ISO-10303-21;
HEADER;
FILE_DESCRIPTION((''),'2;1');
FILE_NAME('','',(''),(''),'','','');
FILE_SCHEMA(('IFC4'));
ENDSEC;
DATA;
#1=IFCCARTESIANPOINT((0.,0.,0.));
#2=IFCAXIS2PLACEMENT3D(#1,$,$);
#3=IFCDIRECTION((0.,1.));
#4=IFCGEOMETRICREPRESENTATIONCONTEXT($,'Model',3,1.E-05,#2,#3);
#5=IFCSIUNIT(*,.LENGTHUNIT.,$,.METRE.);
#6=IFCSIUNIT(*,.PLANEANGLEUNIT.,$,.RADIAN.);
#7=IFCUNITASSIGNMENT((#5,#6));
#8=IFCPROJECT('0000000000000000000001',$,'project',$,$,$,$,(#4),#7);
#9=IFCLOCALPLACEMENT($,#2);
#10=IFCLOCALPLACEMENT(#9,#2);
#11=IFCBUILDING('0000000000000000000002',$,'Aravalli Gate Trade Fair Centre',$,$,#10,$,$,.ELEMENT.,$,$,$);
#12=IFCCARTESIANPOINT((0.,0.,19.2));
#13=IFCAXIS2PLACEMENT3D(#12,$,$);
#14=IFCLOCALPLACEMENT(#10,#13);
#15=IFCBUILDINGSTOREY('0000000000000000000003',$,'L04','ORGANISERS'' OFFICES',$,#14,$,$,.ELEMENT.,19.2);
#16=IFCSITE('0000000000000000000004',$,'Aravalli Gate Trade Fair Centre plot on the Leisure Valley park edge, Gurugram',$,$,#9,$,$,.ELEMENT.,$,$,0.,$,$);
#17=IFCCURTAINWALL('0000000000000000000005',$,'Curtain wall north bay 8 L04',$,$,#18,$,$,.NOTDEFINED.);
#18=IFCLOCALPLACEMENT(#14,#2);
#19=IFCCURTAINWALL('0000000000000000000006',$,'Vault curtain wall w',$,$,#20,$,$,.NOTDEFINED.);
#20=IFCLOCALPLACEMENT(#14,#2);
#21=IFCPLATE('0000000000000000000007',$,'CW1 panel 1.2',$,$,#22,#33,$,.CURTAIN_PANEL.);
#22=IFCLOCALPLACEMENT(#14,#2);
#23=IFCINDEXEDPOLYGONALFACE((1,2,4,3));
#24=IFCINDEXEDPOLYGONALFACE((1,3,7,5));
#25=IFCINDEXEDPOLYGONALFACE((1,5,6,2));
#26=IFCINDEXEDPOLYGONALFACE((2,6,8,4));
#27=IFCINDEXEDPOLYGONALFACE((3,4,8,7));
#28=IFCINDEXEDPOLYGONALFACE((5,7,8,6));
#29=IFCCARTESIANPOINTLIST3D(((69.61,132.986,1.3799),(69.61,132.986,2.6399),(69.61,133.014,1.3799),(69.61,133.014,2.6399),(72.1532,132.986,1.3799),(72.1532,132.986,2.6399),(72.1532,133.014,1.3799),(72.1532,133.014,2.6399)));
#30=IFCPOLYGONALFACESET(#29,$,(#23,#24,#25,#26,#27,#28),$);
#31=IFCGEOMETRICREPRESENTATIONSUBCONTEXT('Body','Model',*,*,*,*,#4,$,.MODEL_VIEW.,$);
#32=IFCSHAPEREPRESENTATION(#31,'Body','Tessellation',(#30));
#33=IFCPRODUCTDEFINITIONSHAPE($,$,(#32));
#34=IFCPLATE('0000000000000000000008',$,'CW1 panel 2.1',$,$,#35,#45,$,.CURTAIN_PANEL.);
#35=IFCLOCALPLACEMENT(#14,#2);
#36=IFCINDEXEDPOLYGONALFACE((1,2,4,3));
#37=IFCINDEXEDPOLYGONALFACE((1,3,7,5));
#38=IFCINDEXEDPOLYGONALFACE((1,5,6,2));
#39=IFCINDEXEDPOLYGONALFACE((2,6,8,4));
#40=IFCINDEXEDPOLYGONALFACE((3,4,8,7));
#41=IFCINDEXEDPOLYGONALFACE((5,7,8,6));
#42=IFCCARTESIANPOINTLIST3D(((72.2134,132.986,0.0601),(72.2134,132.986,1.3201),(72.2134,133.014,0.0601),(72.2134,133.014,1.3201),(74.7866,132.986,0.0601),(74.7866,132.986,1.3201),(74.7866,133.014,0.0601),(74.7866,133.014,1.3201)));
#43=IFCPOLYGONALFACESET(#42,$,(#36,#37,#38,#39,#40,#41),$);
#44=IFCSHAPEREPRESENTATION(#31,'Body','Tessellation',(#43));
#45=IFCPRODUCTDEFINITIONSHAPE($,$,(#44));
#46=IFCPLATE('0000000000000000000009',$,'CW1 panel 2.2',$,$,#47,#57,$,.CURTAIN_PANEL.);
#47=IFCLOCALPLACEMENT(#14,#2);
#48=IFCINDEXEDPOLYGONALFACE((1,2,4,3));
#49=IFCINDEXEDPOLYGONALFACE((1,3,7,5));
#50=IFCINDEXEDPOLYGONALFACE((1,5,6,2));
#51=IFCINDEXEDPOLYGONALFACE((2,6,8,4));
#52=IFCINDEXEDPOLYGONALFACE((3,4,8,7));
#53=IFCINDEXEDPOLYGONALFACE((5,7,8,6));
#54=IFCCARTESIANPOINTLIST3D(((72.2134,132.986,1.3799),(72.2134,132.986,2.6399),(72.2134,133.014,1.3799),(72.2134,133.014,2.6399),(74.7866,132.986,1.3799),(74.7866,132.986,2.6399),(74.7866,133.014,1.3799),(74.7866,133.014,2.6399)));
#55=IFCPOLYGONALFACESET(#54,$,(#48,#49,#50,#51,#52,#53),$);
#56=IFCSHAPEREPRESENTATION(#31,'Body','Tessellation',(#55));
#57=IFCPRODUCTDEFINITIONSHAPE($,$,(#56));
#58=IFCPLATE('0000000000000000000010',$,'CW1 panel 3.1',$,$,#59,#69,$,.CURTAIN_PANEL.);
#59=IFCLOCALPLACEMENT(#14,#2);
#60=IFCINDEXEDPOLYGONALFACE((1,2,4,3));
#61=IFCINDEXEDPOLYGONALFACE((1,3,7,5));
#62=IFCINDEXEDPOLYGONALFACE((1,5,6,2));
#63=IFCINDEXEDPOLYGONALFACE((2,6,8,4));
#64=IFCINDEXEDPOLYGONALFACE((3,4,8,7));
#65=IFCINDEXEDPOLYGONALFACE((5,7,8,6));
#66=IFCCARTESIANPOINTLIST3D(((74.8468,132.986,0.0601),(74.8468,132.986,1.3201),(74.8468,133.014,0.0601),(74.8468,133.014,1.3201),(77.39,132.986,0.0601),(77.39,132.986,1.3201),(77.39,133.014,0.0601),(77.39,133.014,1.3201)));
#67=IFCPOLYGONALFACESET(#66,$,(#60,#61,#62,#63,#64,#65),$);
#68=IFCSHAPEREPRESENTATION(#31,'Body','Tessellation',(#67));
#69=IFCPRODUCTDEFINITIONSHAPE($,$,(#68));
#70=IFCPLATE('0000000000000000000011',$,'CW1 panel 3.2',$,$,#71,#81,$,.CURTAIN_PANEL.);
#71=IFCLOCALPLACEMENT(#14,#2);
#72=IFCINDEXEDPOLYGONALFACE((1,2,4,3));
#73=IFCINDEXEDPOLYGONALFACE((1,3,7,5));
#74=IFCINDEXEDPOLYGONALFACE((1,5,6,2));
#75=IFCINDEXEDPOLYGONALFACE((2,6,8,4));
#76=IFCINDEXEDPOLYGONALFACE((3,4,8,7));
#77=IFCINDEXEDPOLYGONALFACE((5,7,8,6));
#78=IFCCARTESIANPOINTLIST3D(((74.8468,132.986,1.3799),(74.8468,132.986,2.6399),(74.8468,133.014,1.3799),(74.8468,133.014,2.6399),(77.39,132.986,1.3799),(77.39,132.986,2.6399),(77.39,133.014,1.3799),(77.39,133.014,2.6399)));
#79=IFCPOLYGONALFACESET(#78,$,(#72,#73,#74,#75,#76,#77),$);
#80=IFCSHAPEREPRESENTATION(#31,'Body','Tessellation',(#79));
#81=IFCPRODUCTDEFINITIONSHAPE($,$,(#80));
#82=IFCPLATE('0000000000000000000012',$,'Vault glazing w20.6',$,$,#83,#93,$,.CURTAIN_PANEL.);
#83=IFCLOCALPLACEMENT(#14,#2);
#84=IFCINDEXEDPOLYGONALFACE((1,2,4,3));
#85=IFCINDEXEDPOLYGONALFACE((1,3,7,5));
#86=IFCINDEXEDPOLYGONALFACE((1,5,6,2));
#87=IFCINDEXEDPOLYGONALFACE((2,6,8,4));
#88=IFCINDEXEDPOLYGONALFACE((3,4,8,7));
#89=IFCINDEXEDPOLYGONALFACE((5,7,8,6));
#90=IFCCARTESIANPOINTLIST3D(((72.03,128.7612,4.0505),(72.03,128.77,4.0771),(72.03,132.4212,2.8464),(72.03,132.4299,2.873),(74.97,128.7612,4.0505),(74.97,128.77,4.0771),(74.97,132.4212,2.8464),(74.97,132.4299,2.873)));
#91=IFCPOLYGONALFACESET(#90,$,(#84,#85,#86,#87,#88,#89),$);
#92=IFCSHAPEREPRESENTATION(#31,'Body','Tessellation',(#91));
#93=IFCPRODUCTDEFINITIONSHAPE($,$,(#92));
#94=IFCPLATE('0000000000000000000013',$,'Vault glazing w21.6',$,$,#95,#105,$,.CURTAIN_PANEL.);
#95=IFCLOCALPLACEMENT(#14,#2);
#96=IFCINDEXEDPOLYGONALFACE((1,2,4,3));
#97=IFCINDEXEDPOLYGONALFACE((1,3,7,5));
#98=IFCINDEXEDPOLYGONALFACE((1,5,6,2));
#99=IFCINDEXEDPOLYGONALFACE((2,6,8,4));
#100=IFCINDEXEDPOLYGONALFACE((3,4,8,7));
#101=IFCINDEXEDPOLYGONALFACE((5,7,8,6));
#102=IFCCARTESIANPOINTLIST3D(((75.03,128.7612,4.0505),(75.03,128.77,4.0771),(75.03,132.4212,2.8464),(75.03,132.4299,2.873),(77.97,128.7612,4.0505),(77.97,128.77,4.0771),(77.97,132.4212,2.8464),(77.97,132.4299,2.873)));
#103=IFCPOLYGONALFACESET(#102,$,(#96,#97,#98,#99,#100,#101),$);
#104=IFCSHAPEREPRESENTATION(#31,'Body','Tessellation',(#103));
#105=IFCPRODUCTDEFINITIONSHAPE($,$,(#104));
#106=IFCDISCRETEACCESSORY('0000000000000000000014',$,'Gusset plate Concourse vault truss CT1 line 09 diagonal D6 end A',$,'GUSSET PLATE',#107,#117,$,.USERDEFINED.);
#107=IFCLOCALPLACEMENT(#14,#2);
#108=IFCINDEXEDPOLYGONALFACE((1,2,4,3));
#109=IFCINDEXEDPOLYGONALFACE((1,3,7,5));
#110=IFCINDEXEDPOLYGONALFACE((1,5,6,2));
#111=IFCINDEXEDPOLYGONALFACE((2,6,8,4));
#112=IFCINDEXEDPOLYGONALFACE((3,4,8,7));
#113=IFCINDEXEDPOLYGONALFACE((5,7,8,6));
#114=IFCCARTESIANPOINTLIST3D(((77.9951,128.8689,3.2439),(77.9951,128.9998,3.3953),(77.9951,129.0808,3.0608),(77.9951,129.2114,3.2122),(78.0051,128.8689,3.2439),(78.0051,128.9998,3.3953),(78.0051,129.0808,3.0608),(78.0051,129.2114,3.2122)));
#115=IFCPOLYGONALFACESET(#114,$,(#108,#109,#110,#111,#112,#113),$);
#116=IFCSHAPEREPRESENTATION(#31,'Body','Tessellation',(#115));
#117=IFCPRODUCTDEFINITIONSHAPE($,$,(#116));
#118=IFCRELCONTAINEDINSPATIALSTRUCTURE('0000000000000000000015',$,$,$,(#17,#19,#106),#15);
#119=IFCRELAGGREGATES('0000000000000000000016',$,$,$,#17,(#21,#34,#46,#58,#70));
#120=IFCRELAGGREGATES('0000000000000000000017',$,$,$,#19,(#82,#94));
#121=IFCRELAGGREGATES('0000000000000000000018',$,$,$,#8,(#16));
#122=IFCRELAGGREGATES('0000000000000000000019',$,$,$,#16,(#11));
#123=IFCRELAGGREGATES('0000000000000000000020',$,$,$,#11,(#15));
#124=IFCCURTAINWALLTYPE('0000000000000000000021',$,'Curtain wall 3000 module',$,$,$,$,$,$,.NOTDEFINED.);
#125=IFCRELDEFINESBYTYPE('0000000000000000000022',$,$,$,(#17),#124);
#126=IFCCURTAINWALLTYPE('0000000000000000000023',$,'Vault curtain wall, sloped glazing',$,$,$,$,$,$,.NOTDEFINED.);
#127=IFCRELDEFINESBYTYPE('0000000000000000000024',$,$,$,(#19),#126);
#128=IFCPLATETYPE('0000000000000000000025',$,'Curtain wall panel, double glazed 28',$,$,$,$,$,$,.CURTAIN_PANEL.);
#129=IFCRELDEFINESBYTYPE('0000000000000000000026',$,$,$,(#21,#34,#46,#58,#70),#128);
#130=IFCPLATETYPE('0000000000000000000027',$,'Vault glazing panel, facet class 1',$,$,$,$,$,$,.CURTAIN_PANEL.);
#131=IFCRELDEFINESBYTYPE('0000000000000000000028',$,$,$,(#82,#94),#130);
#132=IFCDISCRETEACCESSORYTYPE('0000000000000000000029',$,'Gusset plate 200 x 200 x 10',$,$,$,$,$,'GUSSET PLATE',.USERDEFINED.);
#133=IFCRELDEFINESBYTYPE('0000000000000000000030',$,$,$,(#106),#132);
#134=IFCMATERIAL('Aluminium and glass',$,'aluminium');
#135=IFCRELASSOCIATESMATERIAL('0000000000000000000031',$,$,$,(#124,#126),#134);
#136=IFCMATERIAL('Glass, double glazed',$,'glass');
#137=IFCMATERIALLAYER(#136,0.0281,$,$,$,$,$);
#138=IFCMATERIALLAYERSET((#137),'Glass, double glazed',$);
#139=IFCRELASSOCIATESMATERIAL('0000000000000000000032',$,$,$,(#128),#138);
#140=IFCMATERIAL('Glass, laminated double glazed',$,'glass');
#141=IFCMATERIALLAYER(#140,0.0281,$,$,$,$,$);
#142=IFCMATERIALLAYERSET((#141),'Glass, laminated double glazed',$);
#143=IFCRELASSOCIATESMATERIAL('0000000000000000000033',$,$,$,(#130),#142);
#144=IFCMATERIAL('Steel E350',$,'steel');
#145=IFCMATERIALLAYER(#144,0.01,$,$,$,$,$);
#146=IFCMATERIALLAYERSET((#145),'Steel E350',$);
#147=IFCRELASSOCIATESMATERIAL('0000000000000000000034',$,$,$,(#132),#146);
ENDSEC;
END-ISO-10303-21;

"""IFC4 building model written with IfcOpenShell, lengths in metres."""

from ifc_helpers import new_model, si_unit, direction, frame, origin, origin_2d, place, context, subcontext, project, spatial, polyline, rectangle, outline, extrude, material, layer, layer_set, type_object, element, aggregate, save


model = new_model("IFC4")

# Units and contexts
model_context = context("Model", 3, precision=1e-05, world=origin(), true_north=direction((0.0, 1.0)))
body_context = subcontext(model_context, "Body", "Model", "MODEL_VIEW")
ifc_project = project(units=[si_unit("LENGTHUNIT", "METRE"), si_unit("PLANEANGLEUNIT", "RADIAN")], contexts=[model_context])

# Site, building, storey
site_placement = place(None, origin())
site = spatial("IfcSite", under=ifc_project, at=site_placement, Name="Aravalli Gate Trade Fair Centre plot on the Leisure Valley park edge, Gurugram", CompositionType="ELEMENT", RefElevation=0.0)
building_placement = place(site_placement, origin())
building = spatial("IfcBuilding", under=site, at=building_placement, Name="Aravalli Gate Trade Fair Centre", CompositionType="ELEMENT")
storey_placement = place(building_placement, frame((0.0, 0.0, 19.2)))
storey = spatial("IfcBuildingStorey", under=building, at=storey_placement, Name="L04", Description="ORGANISERS' OFFICES", CompositionType="ELEMENT", Elevation=19.2)

# Curtain wall
ifc_material_1 = material(Name="Aluminium and glass", Category="aluminium")
curtain_wall_type_1 = type_object("IfcCurtainWallType", Name="Curtain wall 3000 module", PredefinedType="NOTDEFINED", material=ifc_material_1)
curtain_wall_1_placement = place(storey_placement, origin())
curtain_wall_1 = element("IfcCurtainWall", 1, at=curtain_wall_1_placement, inside=storey, type_object=curtain_wall_type_1, Name="Curtain wall north bay 8 L04", PredefinedType="NOTDEFINED")

# Curtain wall
curtain_wall_type_2 = type_object("IfcCurtainWallType", Name="Vault curtain wall, sloped glazing", PredefinedType="NOTDEFINED", material=ifc_material_1)
curtain_wall_2_placement = place(storey_placement, origin())
curtain_wall_2 = element("IfcCurtainWall", 2, at=curtain_wall_2_placement, inside=storey, type_object=curtain_wall_type_2, Name="Vault curtain wall w", PredefinedType="NOTDEFINED")

# Plates
ifc_material_2 = material(Name="Glass, double glazed", Category="glass")
ifc_layer_1 = layer(ifc_material_2, 0.0281)
ifc_layer_set_1 = layer_set([ifc_layer_1], Name="Glass, double glazed")
plate_type_1 = type_object("IfcPlateType", Name="Curtain wall panel, double glazed 28", PredefinedType="CURTAIN_PANEL", material=ifc_layer_set_1)
plate_1_placement = place(storey_placement, frame((70.8816, 133.0, 1.3799), z_axis=(0.0, 0.0, 1.0), x_axis=(1.0, 0.0, 0.0)))
plate_1 = element("IfcPlate", 3, at=plate_1_placement, type_object=plate_type_1, Name="CW1 panel 1.2", PredefinedType="CURTAIN_PANEL", context=body_context, shape_type="SweptSolid", body=[
    extrude(rectangle(XDim=2.5432, YDim=0.0281, at=origin_2d()), origin(), (0.0, 0.0, 1.0), 1.26),
])
plate_2_placement = place(storey_placement, frame((73.5, 133.0, 0.0601), z_axis=(0.0, 0.0, 1.0), x_axis=(1.0, 0.0, 0.0)))
plate_2 = element("IfcPlate", 4, at=plate_2_placement, type_object=plate_type_1, Name="CW1 panel 2.1", PredefinedType="CURTAIN_PANEL", context=body_context, shape_type="SweptSolid", body=[
    extrude(rectangle(XDim=2.5732, YDim=0.0281, at=origin_2d()), origin(), (0.0, 0.0, 1.0), 1.26),
])
plate_3_placement = place(storey_placement, frame((73.5, 133.0, 1.3799), z_axis=(0.0, 0.0, 1.0), x_axis=(1.0, 0.0, 0.0)))
plate_3 = element("IfcPlate", 5, at=plate_3_placement, type_object=plate_type_1, Name="CW1 panel 2.2", PredefinedType="CURTAIN_PANEL", context=body_context, shape_type="SweptSolid", body=[
    extrude(rectangle(XDim=2.5732, YDim=0.0281, at=origin_2d()), origin(), (0.0, 0.0, 1.0), 1.26),
])
plate_4_placement = place(storey_placement, frame((76.1184, 133.0, 0.0601), z_axis=(0.0, 0.0, 1.0), x_axis=(1.0, 0.0, 0.0)))
plate_4 = element("IfcPlate", 6, at=plate_4_placement, type_object=plate_type_1, Name="CW1 panel 3.1", PredefinedType="CURTAIN_PANEL", context=body_context, shape_type="SweptSolid", body=[
    extrude(rectangle(XDim=2.5432, YDim=0.0281, at=origin_2d()), origin(), (0.0, 0.0, 1.0), 1.26),
])
plate_5_placement = place(storey_placement, frame((76.1184, 133.0, 1.3799), z_axis=(0.0, 0.0, 1.0), x_axis=(1.0, 0.0, 0.0)))
plate_5 = element("IfcPlate", 7, at=plate_5_placement, type_object=plate_type_1, Name="CW1 panel 3.2", PredefinedType="CURTAIN_PANEL", context=body_context, shape_type="SweptSolid", body=[
    extrude(rectangle(XDim=2.5432, YDim=0.0281, at=origin_2d()), origin(), (0.0, 0.0, 1.0), 1.26),
])
aggregate(curtain_wall_1, [plate_1, plate_2, plate_3, plate_4, plate_5])
ifc_material_3 = material(Name="Glass, laminated double glazed", Category="glass")
ifc_layer_2 = layer(ifc_material_3, 0.0281)
ifc_layer_set_2 = layer_set([ifc_layer_2], Name="Glass, laminated double glazed")
plate_type_2 = type_object("IfcPlateType", Name="Vault glazing panel, facet class 1", PredefinedType="CURTAIN_PANEL", material=ifc_layer_set_2)
plate_6_placement = place(storey_placement, frame((72.03, 128.77, 4.0771), z_axis=(0.0, 0.312518, 0.949912), x_axis=(1.0, 0.0, 0.0)))
plate_6 = element("IfcPlate", 8, at=plate_6_placement, type_object=plate_type_2, Name="Vault glazing w20.6", PredefinedType="CURTAIN_PANEL", context=body_context, shape_type="SweptSolid", body=[
    extrude(outline(polyline([(0.0, 0.0), (2.9399, 0.0), (2.9399, 3.8529), (0.0, 3.8529), (0.0, 0.0)])), origin(), (0.0, 0.0, -1.0), 0.0281),
])
plate_7_placement = place(storey_placement, frame((75.03, 128.77, 4.0771), z_axis=(0.0, 0.312518, 0.949912), x_axis=(1.0, 0.0, 0.0)))
plate_7 = element("IfcPlate", 9, at=plate_7_placement, type_object=plate_type_2, Name="Vault glazing w21.6", PredefinedType="CURTAIN_PANEL", context=body_context, shape_type="SweptSolid", body=[
    extrude(outline(polyline([(0.0, 0.0), (2.9399, 0.0), (2.9399, 3.8529), (0.0, 3.8529), (0.0, 0.0)])), origin(), (0.0, 0.0, -1.0), 0.0281),
])
aggregate(curtain_wall_2, [plate_6, plate_7])

# Discrete accessory
ifc_material_4 = material(Name="Steel E350", Category="steel")
ifc_layer_3 = layer(ifc_material_4, 0.01)
ifc_layer_set_3 = layer_set([ifc_layer_3], Name="Steel E350")
discrete_accessory_type = type_object("IfcDiscreteAccessoryType", Name="Gusset plate 200 x 200 x 10", ElementType="GUSSET PLATE", PredefinedType="USERDEFINED", material=ifc_layer_set_3)
discrete_accessory_placement = place(storey_placement, frame((77.9951, 129.0808, 3.0608), z_axis=(-1.0, 0.0, 0.0), x_axis=(0.0, -0.756666, 0.653801)))
element("IfcDiscreteAccessory", 10, at=discrete_accessory_placement, inside=storey, type_object=discrete_accessory_type, Name="Gusset plate Concourse vault truss CT1 line 09 diagonal D6 end A", ObjectType="GUSSET PLATE", PredefinedType="USERDEFINED", context=body_context, shape_type="SweptSolid", body=[
    extrude(outline(polyline([(0.0, 0.0), (0.2801, 0.0), (0.28, 0.2001), (0.0001, 0.1999), (0.0, 0.0)])), origin(), (0.0, 0.0, -1.0), 0.01),
])

save(model, "model.ifc")
